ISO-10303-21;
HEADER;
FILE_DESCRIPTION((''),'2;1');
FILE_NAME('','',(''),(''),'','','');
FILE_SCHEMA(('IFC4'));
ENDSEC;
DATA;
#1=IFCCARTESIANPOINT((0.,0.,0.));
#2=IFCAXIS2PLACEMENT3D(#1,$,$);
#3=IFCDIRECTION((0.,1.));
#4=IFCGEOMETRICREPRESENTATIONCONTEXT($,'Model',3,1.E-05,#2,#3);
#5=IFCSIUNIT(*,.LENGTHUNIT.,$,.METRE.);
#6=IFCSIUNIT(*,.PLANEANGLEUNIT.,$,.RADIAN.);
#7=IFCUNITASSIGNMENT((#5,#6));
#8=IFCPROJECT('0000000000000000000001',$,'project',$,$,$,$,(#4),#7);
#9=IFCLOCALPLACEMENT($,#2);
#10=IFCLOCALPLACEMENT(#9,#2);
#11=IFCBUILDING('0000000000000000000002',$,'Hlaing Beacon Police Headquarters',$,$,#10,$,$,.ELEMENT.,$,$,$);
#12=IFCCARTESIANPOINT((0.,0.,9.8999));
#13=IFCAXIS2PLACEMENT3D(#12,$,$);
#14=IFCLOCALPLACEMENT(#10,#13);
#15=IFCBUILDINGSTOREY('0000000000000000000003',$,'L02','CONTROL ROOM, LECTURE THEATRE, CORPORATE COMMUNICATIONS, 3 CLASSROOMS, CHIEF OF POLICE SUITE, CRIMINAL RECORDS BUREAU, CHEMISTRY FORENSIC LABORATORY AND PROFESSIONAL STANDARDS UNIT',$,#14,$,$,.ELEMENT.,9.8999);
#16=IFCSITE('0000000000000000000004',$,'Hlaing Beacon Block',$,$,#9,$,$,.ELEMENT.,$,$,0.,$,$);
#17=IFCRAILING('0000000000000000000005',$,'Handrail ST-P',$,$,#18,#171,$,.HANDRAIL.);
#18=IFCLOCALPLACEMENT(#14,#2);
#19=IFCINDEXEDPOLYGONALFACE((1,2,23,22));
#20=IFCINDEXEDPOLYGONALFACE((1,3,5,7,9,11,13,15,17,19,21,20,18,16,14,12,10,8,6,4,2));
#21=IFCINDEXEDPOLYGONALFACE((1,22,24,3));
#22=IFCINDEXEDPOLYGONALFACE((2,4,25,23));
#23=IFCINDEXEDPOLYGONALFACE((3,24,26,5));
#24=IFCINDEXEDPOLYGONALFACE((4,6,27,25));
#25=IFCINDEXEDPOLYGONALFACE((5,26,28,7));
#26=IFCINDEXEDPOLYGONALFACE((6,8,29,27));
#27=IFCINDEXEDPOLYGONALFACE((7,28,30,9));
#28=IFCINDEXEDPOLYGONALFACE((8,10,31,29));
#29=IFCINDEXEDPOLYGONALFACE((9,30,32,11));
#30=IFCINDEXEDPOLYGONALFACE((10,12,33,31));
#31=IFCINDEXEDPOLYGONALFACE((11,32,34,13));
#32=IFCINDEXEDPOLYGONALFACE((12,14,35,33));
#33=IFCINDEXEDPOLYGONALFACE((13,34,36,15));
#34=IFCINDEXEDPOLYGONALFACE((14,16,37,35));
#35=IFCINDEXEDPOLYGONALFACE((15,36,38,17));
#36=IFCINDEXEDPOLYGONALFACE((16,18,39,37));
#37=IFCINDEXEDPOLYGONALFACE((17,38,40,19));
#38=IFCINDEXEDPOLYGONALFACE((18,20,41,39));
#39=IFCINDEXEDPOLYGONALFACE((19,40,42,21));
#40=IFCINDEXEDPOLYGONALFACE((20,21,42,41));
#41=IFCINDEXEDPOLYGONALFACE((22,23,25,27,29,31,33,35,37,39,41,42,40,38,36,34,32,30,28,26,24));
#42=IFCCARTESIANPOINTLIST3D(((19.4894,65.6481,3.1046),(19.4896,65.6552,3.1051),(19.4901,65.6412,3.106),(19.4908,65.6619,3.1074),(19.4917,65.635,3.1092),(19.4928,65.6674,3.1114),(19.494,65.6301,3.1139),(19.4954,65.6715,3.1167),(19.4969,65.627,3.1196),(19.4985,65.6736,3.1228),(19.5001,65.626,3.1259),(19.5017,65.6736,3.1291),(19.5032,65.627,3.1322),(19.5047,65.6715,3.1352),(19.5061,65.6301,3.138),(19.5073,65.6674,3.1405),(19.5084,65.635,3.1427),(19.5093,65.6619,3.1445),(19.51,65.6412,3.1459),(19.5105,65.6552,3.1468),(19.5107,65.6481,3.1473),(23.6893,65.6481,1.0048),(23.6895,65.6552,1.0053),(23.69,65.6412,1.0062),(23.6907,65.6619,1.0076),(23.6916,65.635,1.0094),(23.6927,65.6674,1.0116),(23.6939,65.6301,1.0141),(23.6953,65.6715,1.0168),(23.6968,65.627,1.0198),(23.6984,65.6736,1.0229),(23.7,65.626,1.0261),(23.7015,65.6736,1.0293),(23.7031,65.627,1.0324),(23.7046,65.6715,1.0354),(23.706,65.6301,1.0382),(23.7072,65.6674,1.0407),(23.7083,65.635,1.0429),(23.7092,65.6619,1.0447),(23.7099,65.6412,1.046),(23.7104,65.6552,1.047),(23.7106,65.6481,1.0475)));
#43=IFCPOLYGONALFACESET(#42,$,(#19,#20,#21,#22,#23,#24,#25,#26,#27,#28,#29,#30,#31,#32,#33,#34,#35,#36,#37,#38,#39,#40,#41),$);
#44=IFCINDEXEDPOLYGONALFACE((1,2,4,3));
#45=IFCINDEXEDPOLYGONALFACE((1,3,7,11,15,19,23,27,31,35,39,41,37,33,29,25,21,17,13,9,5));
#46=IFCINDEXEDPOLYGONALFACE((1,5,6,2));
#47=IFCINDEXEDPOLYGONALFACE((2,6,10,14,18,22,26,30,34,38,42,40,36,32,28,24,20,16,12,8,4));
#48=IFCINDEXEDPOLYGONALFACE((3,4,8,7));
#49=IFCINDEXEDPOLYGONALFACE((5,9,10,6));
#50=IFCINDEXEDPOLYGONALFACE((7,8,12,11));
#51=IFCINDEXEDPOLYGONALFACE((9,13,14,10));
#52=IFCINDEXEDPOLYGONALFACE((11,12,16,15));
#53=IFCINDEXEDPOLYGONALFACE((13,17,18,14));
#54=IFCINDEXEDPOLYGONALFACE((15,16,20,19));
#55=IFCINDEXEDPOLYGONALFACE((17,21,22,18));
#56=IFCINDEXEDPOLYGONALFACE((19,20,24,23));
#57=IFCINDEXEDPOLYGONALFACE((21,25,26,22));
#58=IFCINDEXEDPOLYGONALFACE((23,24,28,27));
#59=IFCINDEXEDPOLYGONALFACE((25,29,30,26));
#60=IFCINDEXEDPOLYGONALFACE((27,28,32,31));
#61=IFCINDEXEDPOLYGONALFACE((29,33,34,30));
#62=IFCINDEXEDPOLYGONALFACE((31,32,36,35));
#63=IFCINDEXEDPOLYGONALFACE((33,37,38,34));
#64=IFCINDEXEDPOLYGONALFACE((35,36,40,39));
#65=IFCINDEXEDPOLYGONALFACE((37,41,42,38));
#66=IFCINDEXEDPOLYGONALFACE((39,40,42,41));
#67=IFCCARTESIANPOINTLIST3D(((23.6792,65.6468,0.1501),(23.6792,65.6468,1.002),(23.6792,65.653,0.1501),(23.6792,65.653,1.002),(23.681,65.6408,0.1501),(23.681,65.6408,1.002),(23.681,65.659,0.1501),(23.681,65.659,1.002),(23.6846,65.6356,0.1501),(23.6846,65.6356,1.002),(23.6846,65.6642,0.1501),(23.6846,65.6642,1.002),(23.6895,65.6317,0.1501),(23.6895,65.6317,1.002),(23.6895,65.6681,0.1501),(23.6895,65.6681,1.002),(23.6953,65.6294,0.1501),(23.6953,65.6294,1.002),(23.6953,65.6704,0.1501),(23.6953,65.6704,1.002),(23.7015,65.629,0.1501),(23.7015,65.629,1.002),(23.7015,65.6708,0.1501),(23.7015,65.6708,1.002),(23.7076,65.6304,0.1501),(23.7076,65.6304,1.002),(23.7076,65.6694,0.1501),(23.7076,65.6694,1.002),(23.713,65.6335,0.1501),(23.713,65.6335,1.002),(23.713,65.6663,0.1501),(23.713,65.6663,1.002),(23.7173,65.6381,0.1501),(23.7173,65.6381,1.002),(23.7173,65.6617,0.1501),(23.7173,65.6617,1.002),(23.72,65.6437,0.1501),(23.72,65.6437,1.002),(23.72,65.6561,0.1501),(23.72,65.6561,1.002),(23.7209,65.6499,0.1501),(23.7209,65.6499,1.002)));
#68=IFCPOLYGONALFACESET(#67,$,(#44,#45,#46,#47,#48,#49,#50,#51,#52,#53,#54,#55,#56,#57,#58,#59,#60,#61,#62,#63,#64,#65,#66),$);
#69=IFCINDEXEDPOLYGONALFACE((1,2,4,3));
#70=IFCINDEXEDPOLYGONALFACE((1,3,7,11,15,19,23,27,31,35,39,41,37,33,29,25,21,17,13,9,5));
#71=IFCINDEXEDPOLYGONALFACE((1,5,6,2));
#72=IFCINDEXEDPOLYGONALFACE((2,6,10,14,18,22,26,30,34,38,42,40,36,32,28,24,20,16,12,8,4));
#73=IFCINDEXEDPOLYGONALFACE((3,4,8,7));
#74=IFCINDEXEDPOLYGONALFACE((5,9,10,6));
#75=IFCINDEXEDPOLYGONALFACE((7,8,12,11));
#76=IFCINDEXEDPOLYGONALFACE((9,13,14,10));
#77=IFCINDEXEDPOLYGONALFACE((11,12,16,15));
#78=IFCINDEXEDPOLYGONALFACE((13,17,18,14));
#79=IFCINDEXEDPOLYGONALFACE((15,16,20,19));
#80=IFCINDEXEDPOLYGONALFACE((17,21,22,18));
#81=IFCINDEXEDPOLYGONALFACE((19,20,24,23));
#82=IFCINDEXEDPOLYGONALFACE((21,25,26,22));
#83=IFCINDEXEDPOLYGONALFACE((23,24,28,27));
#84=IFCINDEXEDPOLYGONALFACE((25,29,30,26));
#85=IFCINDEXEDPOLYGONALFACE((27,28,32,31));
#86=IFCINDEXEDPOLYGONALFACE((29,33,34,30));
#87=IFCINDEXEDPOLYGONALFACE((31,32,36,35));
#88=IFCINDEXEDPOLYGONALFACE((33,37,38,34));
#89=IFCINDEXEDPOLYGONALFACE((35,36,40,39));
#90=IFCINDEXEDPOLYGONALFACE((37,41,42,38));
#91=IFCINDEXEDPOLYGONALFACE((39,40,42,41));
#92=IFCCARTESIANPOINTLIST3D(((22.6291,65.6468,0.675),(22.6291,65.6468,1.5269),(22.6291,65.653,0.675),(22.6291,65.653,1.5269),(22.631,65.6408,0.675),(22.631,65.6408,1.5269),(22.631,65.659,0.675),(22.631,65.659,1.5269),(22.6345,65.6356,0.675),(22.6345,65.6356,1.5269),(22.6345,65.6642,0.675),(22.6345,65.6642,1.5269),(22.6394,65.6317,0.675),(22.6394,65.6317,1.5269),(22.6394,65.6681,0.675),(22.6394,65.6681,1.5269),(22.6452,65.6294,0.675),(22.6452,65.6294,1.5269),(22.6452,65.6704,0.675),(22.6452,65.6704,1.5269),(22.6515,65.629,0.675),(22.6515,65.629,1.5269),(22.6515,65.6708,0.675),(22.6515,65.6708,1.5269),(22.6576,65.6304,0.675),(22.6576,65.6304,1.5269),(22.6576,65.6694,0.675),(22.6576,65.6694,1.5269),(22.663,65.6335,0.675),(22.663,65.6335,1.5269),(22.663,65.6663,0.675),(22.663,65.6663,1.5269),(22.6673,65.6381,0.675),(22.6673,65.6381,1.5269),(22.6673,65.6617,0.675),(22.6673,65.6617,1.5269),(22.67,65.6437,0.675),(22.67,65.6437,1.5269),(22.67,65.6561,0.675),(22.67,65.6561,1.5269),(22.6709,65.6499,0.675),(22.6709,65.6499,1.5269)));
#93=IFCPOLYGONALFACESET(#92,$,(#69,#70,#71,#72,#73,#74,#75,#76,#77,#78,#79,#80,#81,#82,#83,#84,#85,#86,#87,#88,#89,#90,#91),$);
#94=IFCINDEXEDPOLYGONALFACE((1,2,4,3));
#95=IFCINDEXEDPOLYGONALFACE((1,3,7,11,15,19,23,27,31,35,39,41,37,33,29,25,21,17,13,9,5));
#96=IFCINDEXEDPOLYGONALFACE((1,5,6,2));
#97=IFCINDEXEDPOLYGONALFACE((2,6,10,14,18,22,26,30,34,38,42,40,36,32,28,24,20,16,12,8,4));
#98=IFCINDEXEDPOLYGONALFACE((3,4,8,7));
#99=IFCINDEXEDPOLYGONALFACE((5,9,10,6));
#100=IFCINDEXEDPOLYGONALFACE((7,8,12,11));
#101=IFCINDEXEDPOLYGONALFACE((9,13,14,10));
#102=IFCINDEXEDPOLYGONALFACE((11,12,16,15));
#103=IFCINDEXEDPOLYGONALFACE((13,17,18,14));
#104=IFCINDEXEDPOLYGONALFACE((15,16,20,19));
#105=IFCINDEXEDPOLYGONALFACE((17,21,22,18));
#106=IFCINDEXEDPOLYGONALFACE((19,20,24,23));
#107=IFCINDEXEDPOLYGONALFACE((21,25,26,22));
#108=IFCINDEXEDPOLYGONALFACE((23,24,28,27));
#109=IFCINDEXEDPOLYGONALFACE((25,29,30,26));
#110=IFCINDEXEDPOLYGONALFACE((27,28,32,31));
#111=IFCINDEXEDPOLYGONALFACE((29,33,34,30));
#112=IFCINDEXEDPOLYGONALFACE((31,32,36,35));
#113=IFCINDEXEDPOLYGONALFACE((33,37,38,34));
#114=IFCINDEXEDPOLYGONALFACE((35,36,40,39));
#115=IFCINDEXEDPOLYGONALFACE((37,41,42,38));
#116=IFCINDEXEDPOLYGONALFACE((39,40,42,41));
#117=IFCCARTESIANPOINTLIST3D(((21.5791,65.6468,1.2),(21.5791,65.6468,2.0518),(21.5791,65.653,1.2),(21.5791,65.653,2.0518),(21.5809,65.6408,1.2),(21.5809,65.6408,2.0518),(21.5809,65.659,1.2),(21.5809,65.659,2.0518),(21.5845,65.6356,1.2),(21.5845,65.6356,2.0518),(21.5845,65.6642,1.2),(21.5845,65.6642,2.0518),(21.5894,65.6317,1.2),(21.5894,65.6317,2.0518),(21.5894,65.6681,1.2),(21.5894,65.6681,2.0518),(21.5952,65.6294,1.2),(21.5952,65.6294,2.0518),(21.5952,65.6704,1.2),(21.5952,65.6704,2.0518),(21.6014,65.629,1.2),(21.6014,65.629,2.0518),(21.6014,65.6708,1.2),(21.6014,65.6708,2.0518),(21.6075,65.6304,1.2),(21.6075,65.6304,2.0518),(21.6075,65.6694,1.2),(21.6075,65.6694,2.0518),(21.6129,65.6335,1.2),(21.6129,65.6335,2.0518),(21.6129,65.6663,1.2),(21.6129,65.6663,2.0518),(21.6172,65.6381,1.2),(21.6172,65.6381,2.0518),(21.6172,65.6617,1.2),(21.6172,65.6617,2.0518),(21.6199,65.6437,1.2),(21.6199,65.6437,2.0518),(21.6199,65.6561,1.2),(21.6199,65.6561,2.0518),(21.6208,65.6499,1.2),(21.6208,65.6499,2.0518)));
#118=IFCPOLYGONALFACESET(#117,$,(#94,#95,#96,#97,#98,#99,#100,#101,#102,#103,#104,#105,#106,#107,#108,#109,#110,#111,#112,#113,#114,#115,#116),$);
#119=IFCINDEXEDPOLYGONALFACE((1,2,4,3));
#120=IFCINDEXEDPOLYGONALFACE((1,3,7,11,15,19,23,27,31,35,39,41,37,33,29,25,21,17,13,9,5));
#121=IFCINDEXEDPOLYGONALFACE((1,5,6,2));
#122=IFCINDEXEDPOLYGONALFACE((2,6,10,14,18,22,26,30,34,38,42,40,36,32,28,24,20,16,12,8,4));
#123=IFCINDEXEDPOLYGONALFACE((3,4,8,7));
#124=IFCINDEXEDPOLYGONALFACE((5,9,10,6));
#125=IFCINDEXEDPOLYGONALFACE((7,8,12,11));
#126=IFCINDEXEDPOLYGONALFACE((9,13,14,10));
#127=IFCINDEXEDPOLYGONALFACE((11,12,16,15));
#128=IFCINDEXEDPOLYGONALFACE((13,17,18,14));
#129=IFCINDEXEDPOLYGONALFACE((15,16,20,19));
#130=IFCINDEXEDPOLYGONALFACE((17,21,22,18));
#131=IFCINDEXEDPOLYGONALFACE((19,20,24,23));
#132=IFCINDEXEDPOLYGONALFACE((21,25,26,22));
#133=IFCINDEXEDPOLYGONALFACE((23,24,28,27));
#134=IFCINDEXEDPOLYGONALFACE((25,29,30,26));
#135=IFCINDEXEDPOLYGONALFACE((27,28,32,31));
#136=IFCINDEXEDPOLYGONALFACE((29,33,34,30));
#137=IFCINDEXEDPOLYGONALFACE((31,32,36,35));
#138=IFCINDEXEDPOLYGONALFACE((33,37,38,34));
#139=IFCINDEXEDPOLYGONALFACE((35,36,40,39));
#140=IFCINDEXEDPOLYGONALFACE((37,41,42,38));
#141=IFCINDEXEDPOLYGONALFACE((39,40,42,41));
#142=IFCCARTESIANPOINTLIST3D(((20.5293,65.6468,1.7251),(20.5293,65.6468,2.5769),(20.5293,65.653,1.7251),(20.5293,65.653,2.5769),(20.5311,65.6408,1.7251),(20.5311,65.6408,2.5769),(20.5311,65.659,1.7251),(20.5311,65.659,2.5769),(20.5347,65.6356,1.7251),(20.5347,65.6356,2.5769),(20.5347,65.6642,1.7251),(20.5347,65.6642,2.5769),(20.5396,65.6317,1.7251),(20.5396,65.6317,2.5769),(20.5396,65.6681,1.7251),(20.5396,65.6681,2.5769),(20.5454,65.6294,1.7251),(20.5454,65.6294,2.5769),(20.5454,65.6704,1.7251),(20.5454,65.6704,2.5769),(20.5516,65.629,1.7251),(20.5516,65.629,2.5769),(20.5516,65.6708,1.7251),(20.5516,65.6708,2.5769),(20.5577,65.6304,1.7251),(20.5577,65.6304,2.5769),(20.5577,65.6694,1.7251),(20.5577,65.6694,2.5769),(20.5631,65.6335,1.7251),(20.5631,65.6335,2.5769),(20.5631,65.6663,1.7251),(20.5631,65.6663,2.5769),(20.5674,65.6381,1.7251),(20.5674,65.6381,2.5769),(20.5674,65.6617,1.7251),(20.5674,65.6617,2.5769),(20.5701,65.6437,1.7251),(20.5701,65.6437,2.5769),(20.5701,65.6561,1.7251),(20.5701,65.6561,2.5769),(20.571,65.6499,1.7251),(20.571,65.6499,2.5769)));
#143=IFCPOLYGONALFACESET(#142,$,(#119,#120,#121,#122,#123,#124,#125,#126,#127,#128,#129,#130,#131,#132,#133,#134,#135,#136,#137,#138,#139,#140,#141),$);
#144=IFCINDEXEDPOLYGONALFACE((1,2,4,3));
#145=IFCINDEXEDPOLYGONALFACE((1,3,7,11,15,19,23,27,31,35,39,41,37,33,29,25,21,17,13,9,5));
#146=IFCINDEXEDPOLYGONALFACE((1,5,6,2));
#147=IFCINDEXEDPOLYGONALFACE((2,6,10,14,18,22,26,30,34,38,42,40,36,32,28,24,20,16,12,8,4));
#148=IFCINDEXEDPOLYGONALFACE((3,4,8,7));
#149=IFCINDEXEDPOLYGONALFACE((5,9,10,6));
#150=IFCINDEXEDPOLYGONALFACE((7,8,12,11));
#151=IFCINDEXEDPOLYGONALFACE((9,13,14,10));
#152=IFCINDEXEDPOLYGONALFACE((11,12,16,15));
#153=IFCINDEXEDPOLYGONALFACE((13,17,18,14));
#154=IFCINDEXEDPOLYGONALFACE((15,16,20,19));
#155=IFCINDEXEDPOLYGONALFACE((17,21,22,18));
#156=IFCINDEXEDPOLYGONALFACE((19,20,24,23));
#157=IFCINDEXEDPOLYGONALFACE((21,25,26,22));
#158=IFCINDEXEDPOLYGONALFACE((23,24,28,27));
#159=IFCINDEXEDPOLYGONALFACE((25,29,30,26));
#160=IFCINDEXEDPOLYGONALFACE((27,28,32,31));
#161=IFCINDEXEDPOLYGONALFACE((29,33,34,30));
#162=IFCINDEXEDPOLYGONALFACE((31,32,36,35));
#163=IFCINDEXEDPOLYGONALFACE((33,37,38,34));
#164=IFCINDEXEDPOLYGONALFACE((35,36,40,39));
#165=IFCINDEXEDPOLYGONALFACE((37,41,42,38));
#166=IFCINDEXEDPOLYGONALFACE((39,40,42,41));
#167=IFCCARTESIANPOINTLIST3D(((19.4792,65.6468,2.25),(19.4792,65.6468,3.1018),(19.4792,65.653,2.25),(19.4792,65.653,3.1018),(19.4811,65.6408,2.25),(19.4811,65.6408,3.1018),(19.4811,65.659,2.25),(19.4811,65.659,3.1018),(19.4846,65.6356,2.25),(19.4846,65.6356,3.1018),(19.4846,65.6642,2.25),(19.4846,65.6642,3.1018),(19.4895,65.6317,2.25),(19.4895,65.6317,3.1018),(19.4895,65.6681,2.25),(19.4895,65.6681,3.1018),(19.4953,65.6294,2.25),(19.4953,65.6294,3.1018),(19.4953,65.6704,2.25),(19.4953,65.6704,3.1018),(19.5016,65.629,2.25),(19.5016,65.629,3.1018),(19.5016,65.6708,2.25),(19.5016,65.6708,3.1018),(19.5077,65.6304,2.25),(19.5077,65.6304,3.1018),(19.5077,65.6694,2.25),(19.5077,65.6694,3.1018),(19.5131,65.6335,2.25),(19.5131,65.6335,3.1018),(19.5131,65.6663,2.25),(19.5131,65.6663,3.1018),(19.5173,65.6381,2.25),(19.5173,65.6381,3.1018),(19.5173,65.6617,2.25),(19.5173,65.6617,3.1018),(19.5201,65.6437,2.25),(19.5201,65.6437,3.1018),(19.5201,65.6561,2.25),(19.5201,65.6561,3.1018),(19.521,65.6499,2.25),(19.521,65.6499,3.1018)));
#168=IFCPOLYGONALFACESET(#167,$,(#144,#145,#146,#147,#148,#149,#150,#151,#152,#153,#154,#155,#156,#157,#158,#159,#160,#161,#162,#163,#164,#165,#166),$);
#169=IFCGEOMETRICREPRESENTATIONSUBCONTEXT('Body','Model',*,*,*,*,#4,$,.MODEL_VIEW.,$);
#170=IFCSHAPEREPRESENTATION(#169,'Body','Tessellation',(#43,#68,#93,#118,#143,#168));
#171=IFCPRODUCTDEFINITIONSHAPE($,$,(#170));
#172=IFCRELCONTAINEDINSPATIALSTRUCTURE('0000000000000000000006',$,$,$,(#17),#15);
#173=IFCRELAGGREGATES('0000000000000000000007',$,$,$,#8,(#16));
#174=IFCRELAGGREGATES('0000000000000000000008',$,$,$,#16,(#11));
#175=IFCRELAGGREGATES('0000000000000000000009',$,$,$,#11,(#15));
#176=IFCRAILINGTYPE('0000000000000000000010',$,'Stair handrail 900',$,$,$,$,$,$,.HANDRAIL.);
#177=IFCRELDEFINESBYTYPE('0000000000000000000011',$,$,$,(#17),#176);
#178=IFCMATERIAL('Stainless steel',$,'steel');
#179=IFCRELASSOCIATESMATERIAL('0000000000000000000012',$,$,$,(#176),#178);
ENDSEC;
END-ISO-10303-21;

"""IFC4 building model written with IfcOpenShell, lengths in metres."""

from ifc_helpers import new_model, si_unit, direction, frame, origin, origin_2d, place, context, subcontext, project, spatial, circle, extrude, material, type_object, element, save


model = new_model("IFC4")

# Units and contexts
model_context = context("Model", 3, precision=1e-05, world=origin(), true_north=direction((0.0, 1.0)))
body_context = subcontext(model_context, "Body", "Model", "MODEL_VIEW")
ifc_project = project(units=[si_unit("LENGTHUNIT", "METRE"), si_unit("PLANEANGLEUNIT", "RADIAN")], contexts=[model_context])

# Site, building, storey
site_placement = place(None, origin())
site = spatial("IfcSite", under=ifc_project, at=site_placement, Name="Hlaing Beacon Block", CompositionType="ELEMENT", RefElevation=0.0)
building_placement = place(site_placement, origin())
building = spatial("IfcBuilding", under=site, at=building_placement, Name="Hlaing Beacon Police Headquarters", CompositionType="ELEMENT")
storey_placement = place(building_placement, frame((0.0, 0.0, 9.8999)))
storey = spatial("IfcBuildingStorey", under=building, at=storey_placement, Name="L02", Description="CONTROL ROOM, LECTURE THEATRE, CORPORATE COMMUNICATIONS, 3 CLASSROOMS, CHIEF OF POLICE SUITE, CRIMINAL RECORDS BUREAU, CHEMISTRY FORENSIC LABORATORY AND PROFESSIONAL STANDARDS UNIT", CompositionType="ELEMENT", Elevation=9.8999)

# Railing
ifc_material_1 = material(Name="Stainless steel", Category="steel")
railing_type_1 = type_object("IfcRailingType", Name="Stair handrail 900", PredefinedType="HANDRAIL", material=ifc_material_1)
for number, where, name in (
    (1, (23.7, 65.6499, 0.1501), "Handrail ST-P"),
):
    element("IfcRailing", number, at=place(storey_placement, frame(where)), inside=storey, type_object=railing_type_1, Name=name, PredefinedType="HANDRAIL", context=body_context, shape_type="SweptSolid", body=[
        extrude(circle(Radius=0.0239, at=origin_2d()), frame((0.0, 0.0, 0.876), z_axis=(-0.894438, 0.0, 0.447193), x_axis=(0.0, -1.0, 0.0)), (0.0, 0.0, 1.0), 4.6956),
        extrude(circle(Radius=0.021, at=origin_2d()), origin(), (0.0, 0.0, 1.0), 0.8518),
        extrude(circle(Radius=0.021, at=origin_2d()), frame((-1.05, 0.0, 0.5249)), (0.0, 0.0, 1.0), 0.8518),
        extrude(circle(Radius=0.021, at=origin_2d()), frame((-2.1001, 0.0, 1.0498)), (0.0, 0.0, 1.0), 0.8518),
        extrude(circle(Radius=0.021, at=origin_2d()), frame((-3.1499, 0.0, 1.575)), (0.0, 0.0, 1.0), 0.8518),
        extrude(circle(Radius=0.021, at=origin_2d()), frame((-4.2, 0.0, 2.0999)), (0.0, 0.0, 1.0), 0.8518),
    ])

save(model, "model.ifc")
